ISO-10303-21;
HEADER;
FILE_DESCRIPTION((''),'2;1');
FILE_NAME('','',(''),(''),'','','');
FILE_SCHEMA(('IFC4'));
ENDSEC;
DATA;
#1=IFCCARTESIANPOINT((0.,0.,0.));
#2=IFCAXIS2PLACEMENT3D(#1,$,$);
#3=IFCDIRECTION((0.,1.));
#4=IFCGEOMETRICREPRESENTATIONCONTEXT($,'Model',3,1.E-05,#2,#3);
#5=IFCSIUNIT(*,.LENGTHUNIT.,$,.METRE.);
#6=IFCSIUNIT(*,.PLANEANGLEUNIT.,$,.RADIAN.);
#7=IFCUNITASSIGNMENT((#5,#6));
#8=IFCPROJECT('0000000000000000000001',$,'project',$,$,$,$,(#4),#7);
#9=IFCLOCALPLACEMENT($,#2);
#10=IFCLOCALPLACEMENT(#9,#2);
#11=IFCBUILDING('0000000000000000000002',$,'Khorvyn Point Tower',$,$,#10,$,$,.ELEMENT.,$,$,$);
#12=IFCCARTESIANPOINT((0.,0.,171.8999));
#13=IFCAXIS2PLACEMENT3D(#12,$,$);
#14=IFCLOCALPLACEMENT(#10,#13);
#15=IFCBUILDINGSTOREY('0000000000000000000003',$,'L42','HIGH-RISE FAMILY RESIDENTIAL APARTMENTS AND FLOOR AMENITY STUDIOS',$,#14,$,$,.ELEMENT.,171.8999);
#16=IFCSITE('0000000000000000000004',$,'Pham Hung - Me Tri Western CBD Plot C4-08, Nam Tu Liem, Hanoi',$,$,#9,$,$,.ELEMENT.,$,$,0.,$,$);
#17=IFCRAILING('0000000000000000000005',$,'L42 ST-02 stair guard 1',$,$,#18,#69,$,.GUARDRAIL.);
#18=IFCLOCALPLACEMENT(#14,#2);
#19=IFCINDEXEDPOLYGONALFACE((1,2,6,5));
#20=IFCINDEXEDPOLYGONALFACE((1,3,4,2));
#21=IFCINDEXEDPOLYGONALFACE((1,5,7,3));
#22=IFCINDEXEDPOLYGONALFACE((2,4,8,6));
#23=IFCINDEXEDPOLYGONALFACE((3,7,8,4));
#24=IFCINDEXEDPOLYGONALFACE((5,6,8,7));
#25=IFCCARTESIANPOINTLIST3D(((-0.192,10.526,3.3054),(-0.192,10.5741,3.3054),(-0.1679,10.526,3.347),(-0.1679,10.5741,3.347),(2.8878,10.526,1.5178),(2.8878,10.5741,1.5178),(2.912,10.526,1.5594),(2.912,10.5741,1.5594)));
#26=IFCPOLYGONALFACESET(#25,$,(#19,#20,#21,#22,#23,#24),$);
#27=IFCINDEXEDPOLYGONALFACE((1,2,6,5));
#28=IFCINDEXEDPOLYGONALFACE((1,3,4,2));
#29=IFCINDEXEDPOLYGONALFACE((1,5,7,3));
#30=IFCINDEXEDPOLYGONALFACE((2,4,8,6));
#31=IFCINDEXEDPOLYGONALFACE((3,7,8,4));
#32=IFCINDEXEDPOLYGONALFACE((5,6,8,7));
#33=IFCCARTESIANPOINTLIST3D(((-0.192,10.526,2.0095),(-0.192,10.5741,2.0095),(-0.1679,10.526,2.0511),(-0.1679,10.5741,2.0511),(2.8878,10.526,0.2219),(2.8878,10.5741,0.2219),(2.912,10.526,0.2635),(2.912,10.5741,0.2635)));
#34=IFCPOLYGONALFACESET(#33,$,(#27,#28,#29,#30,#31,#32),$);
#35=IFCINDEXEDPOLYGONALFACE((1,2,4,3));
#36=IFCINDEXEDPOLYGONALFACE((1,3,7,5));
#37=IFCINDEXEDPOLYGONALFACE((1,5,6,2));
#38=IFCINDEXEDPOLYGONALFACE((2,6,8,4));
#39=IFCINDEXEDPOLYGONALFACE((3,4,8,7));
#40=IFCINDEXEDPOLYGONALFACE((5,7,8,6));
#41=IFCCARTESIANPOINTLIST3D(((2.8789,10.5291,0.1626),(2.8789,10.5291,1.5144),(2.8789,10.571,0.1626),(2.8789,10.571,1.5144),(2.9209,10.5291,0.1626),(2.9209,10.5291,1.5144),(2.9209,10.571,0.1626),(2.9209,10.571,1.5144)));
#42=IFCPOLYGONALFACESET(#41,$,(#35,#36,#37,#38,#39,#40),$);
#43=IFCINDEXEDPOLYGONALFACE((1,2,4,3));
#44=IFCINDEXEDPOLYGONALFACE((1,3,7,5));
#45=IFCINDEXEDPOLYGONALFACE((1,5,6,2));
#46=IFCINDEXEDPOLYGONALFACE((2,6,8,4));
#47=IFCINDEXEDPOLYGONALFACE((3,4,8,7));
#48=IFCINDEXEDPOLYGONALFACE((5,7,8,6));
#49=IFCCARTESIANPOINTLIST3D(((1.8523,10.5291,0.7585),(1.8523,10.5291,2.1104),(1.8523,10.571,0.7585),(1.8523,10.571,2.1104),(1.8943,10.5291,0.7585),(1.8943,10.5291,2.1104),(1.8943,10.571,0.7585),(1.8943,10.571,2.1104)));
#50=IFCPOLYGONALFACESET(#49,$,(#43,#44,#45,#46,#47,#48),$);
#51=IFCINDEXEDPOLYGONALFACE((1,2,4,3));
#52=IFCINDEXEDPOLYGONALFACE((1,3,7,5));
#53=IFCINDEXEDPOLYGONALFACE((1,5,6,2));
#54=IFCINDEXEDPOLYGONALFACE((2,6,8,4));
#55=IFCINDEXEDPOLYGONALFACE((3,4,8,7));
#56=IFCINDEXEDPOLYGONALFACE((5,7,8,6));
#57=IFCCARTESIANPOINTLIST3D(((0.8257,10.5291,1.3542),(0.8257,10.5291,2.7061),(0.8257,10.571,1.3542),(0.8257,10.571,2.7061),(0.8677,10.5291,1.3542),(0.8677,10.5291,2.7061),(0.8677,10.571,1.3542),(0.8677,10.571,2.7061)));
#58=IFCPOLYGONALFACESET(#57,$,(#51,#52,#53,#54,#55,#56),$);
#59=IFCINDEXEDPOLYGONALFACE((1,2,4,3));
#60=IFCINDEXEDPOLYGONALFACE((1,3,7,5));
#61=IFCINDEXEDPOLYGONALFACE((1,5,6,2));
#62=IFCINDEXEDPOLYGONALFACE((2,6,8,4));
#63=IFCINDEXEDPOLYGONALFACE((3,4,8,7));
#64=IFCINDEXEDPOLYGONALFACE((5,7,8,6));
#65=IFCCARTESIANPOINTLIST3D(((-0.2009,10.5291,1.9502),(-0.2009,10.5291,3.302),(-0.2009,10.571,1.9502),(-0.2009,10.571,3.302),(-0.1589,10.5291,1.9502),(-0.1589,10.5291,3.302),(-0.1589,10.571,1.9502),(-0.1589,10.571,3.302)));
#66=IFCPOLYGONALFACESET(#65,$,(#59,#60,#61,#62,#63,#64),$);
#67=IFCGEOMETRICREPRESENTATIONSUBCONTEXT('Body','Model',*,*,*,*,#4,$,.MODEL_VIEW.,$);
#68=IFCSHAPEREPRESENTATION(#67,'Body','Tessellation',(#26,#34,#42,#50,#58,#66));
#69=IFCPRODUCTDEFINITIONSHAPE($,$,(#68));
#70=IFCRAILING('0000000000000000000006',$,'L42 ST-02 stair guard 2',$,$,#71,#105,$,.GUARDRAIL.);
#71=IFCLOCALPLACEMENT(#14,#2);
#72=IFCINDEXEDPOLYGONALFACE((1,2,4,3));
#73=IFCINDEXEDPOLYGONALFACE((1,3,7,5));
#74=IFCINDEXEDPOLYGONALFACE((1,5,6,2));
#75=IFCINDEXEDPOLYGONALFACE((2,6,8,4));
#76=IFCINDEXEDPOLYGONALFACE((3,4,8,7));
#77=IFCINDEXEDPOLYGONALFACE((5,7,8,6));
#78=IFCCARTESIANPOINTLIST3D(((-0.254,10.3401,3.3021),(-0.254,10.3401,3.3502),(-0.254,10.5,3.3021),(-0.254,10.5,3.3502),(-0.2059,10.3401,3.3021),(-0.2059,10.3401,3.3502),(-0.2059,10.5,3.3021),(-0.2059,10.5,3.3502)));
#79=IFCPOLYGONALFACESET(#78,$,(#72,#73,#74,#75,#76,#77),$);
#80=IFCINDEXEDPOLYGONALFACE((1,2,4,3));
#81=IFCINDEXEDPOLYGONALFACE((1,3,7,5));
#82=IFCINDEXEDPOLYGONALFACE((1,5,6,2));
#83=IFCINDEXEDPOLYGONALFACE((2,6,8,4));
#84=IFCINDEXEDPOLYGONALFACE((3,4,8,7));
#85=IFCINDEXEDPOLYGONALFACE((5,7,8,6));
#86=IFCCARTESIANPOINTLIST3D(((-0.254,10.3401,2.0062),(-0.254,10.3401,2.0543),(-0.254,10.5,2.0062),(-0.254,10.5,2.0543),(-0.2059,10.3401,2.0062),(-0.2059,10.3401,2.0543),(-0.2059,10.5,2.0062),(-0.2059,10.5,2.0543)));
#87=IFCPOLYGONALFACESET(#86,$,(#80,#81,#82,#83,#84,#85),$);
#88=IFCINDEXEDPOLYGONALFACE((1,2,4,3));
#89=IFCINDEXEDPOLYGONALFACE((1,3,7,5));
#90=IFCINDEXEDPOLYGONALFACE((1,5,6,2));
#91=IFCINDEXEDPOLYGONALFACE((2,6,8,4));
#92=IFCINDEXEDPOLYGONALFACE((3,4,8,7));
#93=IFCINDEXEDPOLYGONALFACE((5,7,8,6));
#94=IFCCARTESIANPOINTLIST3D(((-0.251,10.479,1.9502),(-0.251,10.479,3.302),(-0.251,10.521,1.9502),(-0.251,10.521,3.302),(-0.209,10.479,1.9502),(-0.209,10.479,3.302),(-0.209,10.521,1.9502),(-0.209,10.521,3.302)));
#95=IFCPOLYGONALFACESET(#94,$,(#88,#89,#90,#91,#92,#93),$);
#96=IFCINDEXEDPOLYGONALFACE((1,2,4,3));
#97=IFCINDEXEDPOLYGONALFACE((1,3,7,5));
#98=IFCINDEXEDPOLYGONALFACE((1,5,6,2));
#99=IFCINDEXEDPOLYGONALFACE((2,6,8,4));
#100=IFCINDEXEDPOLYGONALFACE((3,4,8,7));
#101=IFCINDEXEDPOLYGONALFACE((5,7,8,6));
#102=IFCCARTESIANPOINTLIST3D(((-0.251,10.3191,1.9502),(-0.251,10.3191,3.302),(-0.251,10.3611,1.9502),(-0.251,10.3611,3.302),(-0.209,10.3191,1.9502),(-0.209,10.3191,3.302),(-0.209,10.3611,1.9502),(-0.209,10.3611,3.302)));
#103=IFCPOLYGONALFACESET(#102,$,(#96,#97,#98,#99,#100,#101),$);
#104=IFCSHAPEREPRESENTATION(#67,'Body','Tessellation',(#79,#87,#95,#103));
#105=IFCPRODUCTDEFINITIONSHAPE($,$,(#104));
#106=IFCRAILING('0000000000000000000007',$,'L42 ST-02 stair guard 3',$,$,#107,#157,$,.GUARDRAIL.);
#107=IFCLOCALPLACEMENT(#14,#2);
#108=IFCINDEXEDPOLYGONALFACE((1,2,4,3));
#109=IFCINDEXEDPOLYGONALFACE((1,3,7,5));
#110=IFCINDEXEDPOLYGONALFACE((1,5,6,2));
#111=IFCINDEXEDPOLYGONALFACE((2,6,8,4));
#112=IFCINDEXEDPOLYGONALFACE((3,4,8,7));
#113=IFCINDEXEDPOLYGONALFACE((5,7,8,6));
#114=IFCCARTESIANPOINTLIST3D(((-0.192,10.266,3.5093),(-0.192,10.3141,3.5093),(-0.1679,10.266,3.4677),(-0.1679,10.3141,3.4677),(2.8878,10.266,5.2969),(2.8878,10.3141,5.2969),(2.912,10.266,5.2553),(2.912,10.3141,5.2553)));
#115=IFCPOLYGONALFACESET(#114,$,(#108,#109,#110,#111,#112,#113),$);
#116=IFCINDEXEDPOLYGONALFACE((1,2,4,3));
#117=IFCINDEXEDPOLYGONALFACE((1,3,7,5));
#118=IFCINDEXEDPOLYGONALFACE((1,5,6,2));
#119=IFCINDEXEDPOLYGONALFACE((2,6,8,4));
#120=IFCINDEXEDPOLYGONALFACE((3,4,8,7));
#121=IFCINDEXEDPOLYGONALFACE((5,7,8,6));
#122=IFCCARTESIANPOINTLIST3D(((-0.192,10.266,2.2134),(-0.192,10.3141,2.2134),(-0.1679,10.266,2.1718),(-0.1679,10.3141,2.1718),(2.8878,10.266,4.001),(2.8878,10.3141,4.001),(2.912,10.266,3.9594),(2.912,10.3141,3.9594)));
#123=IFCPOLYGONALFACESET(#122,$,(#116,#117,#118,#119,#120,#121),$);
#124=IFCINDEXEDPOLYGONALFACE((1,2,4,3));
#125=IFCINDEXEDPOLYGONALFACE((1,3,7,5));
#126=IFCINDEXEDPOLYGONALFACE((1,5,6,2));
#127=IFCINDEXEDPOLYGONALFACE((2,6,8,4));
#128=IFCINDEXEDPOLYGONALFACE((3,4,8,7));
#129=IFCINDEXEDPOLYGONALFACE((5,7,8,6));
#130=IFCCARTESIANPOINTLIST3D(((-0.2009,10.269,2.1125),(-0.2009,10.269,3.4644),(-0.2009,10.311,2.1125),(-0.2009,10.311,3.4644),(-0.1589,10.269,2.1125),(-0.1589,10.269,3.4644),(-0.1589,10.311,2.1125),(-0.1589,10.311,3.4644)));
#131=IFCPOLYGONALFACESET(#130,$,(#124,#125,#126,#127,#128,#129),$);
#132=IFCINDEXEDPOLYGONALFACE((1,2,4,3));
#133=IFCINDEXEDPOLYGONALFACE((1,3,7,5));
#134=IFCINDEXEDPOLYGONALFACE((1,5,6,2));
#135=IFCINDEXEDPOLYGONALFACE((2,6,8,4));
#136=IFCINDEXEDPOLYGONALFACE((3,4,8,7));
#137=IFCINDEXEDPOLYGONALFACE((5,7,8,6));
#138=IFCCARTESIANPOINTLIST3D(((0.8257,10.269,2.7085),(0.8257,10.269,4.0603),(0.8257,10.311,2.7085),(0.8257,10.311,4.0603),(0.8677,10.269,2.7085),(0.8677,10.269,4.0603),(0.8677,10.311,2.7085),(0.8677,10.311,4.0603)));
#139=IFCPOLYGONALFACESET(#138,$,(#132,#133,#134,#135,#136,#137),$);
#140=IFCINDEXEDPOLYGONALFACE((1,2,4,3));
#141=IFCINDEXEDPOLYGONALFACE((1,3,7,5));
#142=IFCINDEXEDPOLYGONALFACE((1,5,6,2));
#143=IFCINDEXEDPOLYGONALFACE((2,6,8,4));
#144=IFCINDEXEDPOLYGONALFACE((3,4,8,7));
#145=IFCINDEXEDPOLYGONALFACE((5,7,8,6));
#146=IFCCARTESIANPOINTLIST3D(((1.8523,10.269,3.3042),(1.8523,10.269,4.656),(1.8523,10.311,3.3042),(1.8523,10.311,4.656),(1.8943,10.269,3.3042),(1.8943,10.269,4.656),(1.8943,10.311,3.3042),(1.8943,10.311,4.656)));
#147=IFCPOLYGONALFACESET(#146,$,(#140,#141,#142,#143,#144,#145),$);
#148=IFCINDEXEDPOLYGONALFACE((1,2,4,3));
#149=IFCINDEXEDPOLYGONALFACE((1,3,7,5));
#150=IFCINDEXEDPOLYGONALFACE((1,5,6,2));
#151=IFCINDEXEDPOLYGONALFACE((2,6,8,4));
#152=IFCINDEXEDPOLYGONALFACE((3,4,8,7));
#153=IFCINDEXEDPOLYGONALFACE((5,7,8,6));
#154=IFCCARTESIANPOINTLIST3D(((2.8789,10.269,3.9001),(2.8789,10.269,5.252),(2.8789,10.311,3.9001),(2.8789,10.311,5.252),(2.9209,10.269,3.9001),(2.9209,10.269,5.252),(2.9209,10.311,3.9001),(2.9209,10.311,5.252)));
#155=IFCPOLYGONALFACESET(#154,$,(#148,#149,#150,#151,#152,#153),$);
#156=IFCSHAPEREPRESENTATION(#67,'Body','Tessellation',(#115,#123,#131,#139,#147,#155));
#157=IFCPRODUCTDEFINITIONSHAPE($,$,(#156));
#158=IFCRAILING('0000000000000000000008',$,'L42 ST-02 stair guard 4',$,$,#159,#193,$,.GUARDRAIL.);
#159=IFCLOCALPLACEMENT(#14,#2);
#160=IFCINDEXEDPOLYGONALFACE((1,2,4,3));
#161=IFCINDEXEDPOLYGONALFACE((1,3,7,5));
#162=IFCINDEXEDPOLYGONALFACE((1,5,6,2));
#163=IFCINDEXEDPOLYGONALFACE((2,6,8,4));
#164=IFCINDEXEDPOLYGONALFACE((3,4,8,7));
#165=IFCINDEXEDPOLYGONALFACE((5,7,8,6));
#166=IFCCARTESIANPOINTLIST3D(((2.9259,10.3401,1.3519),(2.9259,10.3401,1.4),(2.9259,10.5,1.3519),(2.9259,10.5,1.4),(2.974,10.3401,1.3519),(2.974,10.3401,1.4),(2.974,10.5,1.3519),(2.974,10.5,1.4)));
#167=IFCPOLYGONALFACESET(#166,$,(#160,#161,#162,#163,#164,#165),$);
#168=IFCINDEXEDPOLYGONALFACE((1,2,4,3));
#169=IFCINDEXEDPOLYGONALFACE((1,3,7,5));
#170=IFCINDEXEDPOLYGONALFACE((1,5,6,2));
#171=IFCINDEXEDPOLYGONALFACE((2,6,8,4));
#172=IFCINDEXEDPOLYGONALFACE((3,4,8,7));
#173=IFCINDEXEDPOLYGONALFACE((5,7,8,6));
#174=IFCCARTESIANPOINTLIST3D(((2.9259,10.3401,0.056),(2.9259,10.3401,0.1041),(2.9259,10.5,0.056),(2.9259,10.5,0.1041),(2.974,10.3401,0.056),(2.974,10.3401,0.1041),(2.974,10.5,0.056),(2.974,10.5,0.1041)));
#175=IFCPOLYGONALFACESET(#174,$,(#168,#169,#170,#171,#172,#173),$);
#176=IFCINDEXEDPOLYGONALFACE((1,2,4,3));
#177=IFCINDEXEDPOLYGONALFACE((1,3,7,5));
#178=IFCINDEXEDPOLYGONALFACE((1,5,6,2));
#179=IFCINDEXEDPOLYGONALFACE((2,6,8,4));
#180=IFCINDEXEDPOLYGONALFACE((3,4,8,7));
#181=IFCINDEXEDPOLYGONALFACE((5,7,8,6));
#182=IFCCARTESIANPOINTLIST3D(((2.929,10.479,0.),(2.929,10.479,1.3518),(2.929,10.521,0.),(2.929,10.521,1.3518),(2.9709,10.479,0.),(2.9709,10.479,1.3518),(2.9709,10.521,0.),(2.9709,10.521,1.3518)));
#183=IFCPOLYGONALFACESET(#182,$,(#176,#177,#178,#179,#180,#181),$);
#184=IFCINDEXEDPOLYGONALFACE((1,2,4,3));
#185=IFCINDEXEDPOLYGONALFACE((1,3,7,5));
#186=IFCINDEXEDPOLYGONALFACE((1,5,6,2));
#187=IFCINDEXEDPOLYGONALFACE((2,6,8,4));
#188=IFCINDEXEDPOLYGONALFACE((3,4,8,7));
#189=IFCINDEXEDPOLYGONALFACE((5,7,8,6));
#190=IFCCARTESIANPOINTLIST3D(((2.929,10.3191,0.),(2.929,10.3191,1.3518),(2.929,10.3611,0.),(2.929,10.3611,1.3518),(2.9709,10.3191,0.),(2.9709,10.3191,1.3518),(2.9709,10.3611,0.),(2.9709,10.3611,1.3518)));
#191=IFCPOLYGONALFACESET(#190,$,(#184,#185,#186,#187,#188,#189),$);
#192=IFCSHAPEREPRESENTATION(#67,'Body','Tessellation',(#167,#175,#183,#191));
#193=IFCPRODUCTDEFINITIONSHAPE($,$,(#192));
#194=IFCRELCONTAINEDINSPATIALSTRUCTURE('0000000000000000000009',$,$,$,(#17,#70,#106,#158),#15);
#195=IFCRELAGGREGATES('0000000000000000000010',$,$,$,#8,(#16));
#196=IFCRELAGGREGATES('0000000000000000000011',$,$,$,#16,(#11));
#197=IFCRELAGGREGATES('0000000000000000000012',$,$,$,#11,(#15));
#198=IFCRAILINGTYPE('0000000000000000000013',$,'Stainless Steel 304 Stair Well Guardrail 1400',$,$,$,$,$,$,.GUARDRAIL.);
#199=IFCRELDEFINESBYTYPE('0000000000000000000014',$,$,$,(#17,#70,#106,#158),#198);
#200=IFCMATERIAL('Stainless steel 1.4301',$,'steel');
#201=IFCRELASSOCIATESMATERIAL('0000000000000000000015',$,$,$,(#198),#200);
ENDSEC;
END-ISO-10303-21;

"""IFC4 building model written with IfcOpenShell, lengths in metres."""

from ifc_helpers import new_model, si_unit, direction, frame, origin, origin_2d, place, context, subcontext, project, spatial, rectangle, extrude, material, type_object, element, save


model = new_model("IFC4")

# Units and contexts
model_context = context("Model", 3, precision=1e-05, world=origin(), true_north=direction((0.0, 1.0)))
body_context = subcontext(model_context, "Body", "Model", "MODEL_VIEW")
ifc_project = project(units=[si_unit("LENGTHUNIT", "METRE"), si_unit("PLANEANGLEUNIT", "RADIAN")], contexts=[model_context])

# Site, building, storey
site_placement = place(None, origin())
site = spatial("IfcSite", under=ifc_project, at=site_placement, Name="Pham Hung - Me Tri Western CBD Plot C4-08, Nam Tu Liem, Hanoi", CompositionType="ELEMENT", RefElevation=0.0)
building_placement = place(site_placement, origin())
building = spatial("IfcBuilding", under=site, at=building_placement, Name="Khorvyn Point Tower", CompositionType="ELEMENT")
storey_placement = place(building_placement, frame((0.0, 0.0, 171.8999)))
storey = spatial("IfcBuildingStorey", under=building, at=storey_placement, Name="L42", Description="HIGH-RISE FAMILY RESIDENTIAL APARTMENTS AND FLOOR AMENITY STUDIOS", CompositionType="ELEMENT", Elevation=171.8999)

# Shared definitions
ifc_material_1 = material(Name="Stainless steel 1.4301", Category="steel")

# Railings
railing_type_1 = type_object("IfcRailingType", Name="Stainless Steel 304 Stair Well Guardrail 1400", PredefinedType="GUARDRAIL", material=ifc_material_1)
railing_1_placement = place(storey_placement, frame((2.8999, 10.55, 0.1626)))
element("IfcRailing", 1, at=railing_1_placement, inside=storey, type_object=railing_type_1, Name="L42 ST-02 stair guard 1", PredefinedType="GUARDRAIL", context=body_context, shape_type="SweptSolid", body=[
    extrude(rectangle(XDim=0.0481, YDim=0.0481, at=origin_2d()), frame((0.0, 0.0, 1.376), z_axis=(-0.864873, 0.0, 0.50199), x_axis=(0.0, -1.0, 0.0)), (0.0, 0.0, 1.0), 3.561),
    extrude(rectangle(XDim=0.0481, YDim=0.0481, at=origin_2d()), frame((0.0, 0.0, 0.0801), z_axis=(-0.864873, 0.0, 0.50199), x_axis=(0.0, -1.0, 0.0)), (0.0, 0.0, 1.0), 3.561),
    extrude(rectangle(XDim=0.042, YDim=0.042, at=origin_2d()), origin(), (0.0, 0.0, 1.0), 1.3518),
    extrude(rectangle(XDim=0.042, YDim=0.042, at=origin_2d()), frame((-1.0266, 0.0, 0.5959)), (0.0, 0.0, 1.0), 1.3518),
    extrude(rectangle(XDim=0.042, YDim=0.042, at=origin_2d()), frame((-2.0532, 0.0, 1.1917)), (0.0, 0.0, 1.0), 1.3518),
    extrude(rectangle(XDim=0.042, YDim=0.042, at=origin_2d()), frame((-3.0798, 0.0, 1.7876)), (0.0, 0.0, 1.0), 1.3518),
])
railing_2_placement = place(storey_placement, frame((-0.23, 10.5, 1.9502)))
element("IfcRailing", 2, at=railing_2_placement, inside=storey, type_object=railing_type_1, Name="L42 ST-02 stair guard 2", PredefinedType="GUARDRAIL", context=body_context, shape_type="SweptSolid", body=[
    extrude(rectangle(XDim=0.0481, YDim=0.0481, at=origin_2d()), frame((0.0, 0.0, 1.376), z_axis=(0.0, -1.0, 0.0), x_axis=(1.0, 0.0, 0.0)), (0.0, 0.0, 1.0), 0.1599),
    extrude(rectangle(XDim=0.0481, YDim=0.0481, at=origin_2d()), frame((0.0, 0.0, 0.0801), z_axis=(0.0, -1.0, 0.0), x_axis=(1.0, 0.0, 0.0)), (0.0, 0.0, 1.0), 0.1599),
    extrude(rectangle(XDim=0.042, YDim=0.042, at=origin_2d()), origin(), (0.0, 0.0, 1.0), 1.3518),
    extrude(rectangle(XDim=0.042, YDim=0.042, at=origin_2d()), frame((0.0, -0.1599, 0.0)), (0.0, 0.0, 1.0), 1.3518),
])
railing_3_placement = place(storey_placement, frame((-0.1799, 10.29, 2.1125)))
element("IfcRailing", 3, at=railing_3_placement, inside=storey, type_object=railing_type_1, Name="L42 ST-02 stair guard 3", PredefinedType="GUARDRAIL", context=body_context, shape_type="SweptSolid", body=[
    extrude(rectangle(XDim=0.0481, YDim=0.0481, at=origin_2d()), frame((0.0, 0.0, 1.376), z_axis=(0.864873, 0.0, 0.50199), x_axis=(0.0, 1.0, 0.0)), (0.0, 0.0, 1.0), 3.561),
    extrude(rectangle(XDim=0.0481, YDim=0.0481, at=origin_2d()), frame((0.0, 0.0, 0.0801), z_axis=(0.864873, 0.0, 0.50199), x_axis=(0.0, 1.0, 0.0)), (0.0, 0.0, 1.0), 3.561),
    extrude(rectangle(XDim=0.042, YDim=0.042, at=origin_2d()), origin(), (0.0, 0.0, 1.0), 1.3518),
    extrude(rectangle(XDim=0.042, YDim=0.042, at=origin_2d()), frame((1.0266, 0.0, 0.5959)), (0.0, 0.0, 1.0), 1.3518),
    extrude(rectangle(XDim=0.042, YDim=0.042, at=origin_2d()), frame((2.0532, 0.0, 1.1917)), (0.0, 0.0, 1.0), 1.3518),
    extrude(rectangle(XDim=0.042, YDim=0.042, at=origin_2d()), frame((3.0798, 0.0, 1.7876)), (0.0, 0.0, 1.0), 1.3518),
])
railing_4_placement = place(storey_placement, frame((2.95, 10.5, 0.0)))
element("IfcRailing", 4, at=railing_4_placement, inside=storey, type_object=railing_type_1, Name="L42 ST-02 stair guard 4", PredefinedType="GUARDRAIL", context=body_context, shape_type="SweptSolid", body=[
    extrude(rectangle(XDim=0.0481, YDim=0.0481, at=origin_2d()), frame((0.0, 0.0, 1.376), z_axis=(0.0, -1.0, 0.0), x_axis=(1.0, 0.0, 0.0)), (0.0, 0.0, 1.0), 0.1599),
    extrude(rectangle(XDim=0.0481, YDim=0.0481, at=origin_2d()), frame((0.0, 0.0, 0.0801), z_axis=(0.0, -1.0, 0.0), x_axis=(1.0, 0.0, 0.0)), (0.0, 0.0, 1.0), 0.1599),
    extrude(rectangle(XDim=0.042, YDim=0.042, at=origin_2d()), origin(), (0.0, 0.0, 1.0), 1.3518),
    extrude(rectangle(XDim=0.042, YDim=0.042, at=origin_2d()), frame((0.0, -0.1599, 0.0)), (0.0, 0.0, 1.0), 1.3518),
])

save(model, "model.ifc")
